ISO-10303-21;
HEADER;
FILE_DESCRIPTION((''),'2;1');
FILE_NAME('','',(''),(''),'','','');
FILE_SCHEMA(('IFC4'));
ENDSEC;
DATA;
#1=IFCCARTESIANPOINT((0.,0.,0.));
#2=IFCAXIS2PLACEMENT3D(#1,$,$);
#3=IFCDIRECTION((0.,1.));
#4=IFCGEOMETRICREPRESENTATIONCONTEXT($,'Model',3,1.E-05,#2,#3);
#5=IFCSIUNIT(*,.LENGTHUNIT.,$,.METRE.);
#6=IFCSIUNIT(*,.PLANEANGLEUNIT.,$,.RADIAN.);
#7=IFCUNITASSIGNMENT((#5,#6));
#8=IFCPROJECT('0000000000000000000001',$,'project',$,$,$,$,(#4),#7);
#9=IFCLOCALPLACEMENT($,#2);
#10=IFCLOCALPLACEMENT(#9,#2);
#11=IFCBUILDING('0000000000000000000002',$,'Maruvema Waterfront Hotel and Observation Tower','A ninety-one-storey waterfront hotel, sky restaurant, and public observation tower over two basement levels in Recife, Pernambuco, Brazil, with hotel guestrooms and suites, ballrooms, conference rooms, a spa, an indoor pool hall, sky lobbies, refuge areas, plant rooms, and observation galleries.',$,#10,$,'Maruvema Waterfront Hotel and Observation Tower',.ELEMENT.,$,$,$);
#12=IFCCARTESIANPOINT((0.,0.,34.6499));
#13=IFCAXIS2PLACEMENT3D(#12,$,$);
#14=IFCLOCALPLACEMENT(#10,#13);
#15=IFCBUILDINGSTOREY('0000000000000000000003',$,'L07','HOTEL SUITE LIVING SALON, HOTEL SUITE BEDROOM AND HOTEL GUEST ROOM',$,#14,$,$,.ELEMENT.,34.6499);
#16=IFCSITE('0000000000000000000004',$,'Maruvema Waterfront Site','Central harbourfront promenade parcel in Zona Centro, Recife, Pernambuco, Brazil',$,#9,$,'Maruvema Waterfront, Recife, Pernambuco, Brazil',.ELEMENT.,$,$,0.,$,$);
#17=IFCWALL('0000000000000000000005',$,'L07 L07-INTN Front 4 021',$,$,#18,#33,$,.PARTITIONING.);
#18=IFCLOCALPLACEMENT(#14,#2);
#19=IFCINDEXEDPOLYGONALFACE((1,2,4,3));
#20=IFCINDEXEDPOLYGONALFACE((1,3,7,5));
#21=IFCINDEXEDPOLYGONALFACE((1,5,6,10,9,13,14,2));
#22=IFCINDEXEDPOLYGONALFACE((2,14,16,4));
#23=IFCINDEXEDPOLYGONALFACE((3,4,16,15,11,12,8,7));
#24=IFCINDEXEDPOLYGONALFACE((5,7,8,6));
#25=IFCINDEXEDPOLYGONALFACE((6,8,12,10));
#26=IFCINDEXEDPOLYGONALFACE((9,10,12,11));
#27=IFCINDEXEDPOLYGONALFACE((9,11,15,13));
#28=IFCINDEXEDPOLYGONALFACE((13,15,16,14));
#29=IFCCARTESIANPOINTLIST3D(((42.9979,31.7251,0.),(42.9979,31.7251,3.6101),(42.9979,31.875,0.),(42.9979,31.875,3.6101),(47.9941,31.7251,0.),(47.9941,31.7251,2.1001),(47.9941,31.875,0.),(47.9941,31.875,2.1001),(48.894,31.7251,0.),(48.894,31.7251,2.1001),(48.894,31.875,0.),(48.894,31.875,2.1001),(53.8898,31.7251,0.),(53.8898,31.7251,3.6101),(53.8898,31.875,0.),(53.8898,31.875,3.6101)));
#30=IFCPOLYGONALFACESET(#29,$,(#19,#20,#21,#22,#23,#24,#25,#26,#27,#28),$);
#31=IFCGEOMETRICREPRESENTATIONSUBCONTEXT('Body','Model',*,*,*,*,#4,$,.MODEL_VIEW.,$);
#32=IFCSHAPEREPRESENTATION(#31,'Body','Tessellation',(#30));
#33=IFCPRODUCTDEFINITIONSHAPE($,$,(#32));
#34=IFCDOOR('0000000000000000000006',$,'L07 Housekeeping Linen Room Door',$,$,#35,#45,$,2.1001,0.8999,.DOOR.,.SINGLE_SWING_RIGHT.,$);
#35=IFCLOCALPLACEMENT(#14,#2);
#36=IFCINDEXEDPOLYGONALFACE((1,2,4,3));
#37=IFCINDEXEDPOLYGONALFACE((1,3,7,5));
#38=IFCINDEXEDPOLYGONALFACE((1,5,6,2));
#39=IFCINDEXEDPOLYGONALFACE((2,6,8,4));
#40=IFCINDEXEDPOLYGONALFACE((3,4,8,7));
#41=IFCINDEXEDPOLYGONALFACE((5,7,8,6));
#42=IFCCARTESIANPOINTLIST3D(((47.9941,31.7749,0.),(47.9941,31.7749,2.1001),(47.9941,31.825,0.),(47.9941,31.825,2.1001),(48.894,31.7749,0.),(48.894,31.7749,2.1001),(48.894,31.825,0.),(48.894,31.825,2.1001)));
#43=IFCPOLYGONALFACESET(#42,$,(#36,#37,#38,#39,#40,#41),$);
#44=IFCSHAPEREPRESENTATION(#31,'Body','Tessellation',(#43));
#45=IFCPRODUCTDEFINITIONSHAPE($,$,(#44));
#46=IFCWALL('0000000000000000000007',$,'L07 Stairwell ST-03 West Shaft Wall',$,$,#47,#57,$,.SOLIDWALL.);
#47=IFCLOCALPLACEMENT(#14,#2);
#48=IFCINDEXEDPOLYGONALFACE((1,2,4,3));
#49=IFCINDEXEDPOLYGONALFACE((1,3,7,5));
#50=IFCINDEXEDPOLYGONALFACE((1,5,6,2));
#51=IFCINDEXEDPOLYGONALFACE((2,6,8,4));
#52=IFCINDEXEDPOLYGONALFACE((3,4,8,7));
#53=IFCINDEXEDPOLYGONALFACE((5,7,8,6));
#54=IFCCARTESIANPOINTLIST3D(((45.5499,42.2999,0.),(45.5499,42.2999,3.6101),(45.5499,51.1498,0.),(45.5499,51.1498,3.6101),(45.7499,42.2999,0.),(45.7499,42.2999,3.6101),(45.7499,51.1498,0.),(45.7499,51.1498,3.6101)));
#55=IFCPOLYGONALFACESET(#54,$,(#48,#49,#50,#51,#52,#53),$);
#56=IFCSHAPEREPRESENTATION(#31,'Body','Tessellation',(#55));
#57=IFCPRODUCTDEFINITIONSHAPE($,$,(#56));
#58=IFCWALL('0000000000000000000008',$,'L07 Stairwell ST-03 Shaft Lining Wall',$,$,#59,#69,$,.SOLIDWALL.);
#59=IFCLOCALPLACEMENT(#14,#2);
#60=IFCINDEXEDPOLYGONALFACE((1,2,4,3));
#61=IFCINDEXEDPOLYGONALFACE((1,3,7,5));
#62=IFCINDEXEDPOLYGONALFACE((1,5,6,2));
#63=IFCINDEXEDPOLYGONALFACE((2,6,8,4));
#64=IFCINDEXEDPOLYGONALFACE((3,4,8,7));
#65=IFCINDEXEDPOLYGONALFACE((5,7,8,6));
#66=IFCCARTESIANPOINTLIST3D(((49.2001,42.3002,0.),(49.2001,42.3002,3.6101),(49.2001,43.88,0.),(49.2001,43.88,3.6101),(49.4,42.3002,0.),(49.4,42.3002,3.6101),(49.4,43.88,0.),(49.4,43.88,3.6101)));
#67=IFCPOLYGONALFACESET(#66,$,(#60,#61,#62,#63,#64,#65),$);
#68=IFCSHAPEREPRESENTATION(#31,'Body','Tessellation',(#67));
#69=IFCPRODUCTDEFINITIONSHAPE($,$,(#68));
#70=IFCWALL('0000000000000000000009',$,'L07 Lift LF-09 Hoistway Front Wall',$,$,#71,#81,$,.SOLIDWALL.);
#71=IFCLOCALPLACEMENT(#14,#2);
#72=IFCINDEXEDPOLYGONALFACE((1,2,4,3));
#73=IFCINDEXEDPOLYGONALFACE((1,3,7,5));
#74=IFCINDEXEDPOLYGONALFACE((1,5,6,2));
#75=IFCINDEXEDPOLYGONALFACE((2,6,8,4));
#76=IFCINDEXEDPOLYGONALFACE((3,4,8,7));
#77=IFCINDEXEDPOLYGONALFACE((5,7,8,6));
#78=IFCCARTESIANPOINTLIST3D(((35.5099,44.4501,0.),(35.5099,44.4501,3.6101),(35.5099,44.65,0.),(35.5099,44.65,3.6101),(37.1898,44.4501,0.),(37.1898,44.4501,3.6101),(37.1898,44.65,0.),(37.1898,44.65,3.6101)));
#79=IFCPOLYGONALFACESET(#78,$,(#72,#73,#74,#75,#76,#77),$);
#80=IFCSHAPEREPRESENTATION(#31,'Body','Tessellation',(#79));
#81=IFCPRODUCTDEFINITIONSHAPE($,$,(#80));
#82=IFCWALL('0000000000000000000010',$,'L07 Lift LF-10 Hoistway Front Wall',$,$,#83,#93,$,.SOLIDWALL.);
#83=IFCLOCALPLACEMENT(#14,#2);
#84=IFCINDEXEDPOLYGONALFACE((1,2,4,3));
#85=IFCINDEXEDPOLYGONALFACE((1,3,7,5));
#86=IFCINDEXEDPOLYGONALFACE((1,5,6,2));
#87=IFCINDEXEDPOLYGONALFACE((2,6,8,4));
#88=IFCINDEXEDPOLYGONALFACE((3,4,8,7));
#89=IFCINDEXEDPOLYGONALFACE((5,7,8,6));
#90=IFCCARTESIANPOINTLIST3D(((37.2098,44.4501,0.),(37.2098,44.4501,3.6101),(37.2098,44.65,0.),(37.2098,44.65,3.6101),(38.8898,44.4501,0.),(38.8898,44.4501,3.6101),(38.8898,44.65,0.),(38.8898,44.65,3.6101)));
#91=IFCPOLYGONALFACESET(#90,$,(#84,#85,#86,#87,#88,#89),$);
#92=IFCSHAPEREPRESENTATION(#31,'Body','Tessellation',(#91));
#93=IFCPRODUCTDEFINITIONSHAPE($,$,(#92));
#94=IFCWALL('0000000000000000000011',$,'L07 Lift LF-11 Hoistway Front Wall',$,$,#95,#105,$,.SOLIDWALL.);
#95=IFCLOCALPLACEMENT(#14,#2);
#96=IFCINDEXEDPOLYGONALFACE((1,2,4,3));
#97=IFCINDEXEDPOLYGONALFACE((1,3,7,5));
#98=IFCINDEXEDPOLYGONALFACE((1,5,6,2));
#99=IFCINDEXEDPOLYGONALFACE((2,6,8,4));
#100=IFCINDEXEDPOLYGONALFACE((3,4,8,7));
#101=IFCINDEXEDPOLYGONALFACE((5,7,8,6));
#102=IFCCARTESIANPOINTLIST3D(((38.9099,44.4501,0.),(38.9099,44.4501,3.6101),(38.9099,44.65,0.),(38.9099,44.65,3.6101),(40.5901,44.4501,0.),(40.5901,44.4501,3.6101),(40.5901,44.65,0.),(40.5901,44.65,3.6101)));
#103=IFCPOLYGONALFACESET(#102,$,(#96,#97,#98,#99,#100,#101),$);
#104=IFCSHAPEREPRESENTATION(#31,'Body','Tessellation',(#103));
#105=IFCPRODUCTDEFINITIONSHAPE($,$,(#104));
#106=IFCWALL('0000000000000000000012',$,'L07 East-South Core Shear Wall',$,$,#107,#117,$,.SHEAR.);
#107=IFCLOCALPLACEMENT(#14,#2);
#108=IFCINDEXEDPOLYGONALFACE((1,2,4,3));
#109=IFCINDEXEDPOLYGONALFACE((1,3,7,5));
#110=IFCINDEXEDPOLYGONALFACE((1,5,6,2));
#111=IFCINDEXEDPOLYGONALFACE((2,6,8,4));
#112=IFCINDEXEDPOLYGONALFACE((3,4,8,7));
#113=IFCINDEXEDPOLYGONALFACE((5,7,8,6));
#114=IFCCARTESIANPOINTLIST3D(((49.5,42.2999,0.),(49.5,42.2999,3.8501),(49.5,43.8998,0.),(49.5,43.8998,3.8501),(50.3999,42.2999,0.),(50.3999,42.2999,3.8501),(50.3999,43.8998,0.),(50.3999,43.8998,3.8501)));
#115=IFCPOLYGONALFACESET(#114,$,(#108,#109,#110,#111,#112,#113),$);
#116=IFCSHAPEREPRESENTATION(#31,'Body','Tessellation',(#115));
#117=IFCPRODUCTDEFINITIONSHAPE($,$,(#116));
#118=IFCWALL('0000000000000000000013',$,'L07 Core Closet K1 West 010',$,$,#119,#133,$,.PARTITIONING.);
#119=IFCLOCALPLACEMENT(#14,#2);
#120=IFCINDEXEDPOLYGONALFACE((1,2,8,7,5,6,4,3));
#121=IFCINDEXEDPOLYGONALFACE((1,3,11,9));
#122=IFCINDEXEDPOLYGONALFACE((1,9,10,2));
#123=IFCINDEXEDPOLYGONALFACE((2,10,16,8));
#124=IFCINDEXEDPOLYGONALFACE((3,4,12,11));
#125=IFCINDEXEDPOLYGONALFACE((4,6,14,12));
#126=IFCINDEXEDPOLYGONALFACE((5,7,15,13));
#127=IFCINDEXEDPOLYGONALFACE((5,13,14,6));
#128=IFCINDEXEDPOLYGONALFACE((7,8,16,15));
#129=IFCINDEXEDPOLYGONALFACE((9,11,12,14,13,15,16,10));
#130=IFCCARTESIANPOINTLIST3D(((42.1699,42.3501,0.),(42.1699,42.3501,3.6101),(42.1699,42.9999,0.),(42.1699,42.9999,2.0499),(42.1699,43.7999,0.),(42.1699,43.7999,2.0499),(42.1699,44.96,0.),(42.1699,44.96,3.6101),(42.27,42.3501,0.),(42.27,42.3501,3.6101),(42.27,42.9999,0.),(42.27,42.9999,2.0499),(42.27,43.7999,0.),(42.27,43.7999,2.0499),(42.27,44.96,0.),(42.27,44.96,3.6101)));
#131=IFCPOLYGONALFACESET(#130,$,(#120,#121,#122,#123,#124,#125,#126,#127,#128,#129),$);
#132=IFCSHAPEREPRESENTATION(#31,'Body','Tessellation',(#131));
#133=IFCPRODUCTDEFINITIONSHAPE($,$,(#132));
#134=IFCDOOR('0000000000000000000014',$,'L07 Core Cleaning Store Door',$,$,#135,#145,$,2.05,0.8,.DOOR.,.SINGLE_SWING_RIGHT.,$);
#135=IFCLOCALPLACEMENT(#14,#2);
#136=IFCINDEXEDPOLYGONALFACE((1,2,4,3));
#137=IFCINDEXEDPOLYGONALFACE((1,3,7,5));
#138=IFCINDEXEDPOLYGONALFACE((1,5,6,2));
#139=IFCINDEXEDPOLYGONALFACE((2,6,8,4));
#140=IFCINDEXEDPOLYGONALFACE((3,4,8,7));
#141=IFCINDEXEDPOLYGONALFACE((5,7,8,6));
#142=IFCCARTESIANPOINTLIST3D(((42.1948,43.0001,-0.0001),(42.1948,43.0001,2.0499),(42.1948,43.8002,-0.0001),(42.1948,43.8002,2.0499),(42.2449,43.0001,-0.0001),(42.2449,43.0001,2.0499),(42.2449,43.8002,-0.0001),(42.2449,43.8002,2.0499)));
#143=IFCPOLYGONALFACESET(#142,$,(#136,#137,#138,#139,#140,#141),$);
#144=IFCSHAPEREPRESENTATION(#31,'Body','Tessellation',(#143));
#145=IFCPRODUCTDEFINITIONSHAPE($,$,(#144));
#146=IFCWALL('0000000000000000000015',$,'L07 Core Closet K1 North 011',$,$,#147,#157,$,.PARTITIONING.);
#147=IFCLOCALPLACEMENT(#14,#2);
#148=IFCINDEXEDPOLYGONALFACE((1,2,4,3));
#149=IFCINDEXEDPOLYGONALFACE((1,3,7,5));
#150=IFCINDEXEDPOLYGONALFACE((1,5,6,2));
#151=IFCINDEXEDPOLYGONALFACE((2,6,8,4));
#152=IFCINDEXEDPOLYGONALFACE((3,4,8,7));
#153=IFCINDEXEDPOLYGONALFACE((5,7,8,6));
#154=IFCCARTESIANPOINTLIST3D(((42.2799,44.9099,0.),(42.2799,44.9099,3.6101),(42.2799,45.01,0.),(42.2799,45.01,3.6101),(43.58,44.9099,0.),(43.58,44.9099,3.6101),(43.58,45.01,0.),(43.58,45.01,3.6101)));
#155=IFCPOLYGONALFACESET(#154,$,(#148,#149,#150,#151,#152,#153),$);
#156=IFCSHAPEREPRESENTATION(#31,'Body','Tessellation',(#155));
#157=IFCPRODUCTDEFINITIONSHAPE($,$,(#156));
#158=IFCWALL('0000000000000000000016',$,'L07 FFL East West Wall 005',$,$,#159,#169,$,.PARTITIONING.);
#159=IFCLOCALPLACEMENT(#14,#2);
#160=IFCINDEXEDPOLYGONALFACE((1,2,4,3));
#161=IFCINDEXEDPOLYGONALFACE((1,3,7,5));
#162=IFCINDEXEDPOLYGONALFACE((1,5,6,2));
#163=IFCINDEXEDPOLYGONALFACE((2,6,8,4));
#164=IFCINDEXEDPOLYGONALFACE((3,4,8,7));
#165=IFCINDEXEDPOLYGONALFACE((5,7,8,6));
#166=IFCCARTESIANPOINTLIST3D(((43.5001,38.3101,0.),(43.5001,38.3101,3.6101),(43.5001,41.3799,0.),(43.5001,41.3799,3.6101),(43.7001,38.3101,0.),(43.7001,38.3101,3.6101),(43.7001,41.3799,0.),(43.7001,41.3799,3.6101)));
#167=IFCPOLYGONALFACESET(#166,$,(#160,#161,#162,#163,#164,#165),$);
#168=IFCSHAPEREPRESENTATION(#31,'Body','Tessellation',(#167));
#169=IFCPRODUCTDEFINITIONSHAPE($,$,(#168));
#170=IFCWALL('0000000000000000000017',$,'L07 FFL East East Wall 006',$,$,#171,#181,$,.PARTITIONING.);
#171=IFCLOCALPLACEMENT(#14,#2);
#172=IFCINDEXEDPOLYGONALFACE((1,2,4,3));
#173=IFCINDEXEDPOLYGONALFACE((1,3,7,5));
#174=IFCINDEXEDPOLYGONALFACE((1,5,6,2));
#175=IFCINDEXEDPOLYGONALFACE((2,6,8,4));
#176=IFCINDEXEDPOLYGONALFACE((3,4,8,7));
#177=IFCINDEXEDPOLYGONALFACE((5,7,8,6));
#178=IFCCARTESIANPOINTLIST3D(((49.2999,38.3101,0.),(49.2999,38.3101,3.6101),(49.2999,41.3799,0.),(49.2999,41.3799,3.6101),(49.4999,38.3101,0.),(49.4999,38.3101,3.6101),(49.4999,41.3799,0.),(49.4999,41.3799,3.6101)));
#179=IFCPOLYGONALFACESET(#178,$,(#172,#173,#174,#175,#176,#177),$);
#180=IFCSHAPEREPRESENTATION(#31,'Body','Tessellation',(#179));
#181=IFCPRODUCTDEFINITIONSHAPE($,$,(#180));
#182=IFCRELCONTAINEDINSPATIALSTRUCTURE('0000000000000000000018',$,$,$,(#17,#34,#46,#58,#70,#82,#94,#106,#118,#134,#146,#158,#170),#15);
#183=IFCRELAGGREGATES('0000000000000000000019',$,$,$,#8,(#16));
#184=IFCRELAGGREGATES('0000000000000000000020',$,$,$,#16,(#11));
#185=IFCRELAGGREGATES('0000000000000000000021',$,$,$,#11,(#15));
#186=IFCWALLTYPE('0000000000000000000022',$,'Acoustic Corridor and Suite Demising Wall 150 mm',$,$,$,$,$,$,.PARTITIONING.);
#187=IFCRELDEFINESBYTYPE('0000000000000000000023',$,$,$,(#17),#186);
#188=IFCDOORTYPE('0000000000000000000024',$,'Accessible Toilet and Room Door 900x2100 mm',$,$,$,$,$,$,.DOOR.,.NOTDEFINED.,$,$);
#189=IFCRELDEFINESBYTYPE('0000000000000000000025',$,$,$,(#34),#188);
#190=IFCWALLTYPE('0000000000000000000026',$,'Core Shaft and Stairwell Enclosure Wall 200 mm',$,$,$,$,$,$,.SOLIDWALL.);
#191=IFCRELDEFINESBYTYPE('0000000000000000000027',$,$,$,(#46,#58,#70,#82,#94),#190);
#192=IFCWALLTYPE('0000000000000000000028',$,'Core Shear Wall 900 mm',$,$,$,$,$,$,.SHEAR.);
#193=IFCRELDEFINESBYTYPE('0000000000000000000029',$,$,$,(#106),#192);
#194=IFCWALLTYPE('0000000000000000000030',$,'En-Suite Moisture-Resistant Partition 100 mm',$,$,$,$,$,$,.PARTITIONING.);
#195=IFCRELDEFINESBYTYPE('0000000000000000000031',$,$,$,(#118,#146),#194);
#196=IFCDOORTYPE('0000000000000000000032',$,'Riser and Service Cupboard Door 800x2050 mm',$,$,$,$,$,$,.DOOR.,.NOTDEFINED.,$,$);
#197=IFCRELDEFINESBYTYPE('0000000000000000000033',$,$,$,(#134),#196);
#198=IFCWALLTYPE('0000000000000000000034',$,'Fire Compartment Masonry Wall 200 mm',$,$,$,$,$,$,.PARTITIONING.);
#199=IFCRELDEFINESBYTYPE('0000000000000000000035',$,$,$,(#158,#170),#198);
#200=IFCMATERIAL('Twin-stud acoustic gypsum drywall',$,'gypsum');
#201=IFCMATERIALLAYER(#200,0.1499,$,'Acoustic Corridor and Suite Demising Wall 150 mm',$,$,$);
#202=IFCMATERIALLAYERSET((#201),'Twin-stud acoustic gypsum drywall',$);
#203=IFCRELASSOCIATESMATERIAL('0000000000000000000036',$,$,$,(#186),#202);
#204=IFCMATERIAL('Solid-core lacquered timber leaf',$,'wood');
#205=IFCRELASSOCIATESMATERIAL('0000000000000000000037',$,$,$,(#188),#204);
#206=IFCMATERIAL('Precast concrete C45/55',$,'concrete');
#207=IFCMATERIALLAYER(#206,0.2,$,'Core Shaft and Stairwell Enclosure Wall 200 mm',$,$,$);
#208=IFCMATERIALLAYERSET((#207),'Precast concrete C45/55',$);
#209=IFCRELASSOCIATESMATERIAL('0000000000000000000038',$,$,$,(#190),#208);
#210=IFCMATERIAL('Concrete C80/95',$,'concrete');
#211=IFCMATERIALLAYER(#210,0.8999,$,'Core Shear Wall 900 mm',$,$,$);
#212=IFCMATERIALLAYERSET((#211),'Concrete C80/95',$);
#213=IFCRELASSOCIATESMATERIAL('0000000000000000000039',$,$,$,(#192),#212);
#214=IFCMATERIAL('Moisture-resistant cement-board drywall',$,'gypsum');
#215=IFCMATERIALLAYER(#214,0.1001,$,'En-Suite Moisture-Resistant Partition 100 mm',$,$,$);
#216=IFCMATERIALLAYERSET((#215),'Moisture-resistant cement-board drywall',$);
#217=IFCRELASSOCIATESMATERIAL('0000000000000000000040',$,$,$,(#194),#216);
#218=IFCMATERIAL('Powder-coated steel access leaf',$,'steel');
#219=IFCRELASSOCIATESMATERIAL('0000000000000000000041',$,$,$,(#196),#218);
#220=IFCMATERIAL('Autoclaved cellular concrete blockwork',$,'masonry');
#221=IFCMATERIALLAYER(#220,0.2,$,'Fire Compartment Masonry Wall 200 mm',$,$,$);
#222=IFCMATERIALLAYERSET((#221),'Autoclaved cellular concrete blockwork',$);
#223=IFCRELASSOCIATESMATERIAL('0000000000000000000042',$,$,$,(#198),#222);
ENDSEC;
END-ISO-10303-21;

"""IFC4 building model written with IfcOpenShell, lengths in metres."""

from ifc_helpers import new_model, si_unit, direction, frame, frame_2d, origin, place, context, subcontext, project, spatial, rectangle, extrude, material, layer, layer_set, type_object, element, fill, save


model = new_model("IFC4")

# Units and contexts
model_context = context("Model", 3, precision=1e-05, world=origin(), true_north=direction((0.0, 1.0)))
body_context = subcontext(model_context, "Body", "Model", "MODEL_VIEW")
ifc_project = project(units=[si_unit("LENGTHUNIT", "METRE"), si_unit("PLANEANGLEUNIT", "RADIAN")], contexts=[model_context])

# Site, building, storey
site_placement = place(None, origin())
site = spatial("IfcSite", under=ifc_project, at=site_placement, Name="Maruvema Waterfront Site", Description="Central harbourfront promenade parcel in Zona Centro, Recife, Pernambuco, Brazil", LongName="Maruvema Waterfront, Recife, Pernambuco, Brazil", CompositionType="ELEMENT", RefElevation=0.0)
building_placement = place(site_placement, origin())
building = spatial("IfcBuilding", under=site, at=building_placement, Name="Maruvema Waterfront Hotel and Observation Tower", Description="A ninety-one-storey waterfront hotel, sky restaurant, and public observation tower over two basement levels in Recife, Pernambuco, Brazil, with hotel guestrooms and suites, ballrooms, conference rooms, a spa, an indoor pool hall, sky lobbies, refuge areas, plant rooms, and observation galleries.", LongName="Maruvema Waterfront Hotel and Observation Tower", CompositionType="ELEMENT")
storey_placement = place(building_placement, frame((0.0, 0.0, 34.6499)))
storey = spatial("IfcBuildingStorey", under=building, at=storey_placement, Name="L07", Description="HOTEL SUITE LIVING SALON, HOTEL SUITE BEDROOM AND HOTEL GUEST ROOM", CompositionType="ELEMENT", Elevation=34.6499)

# Wall, opening, door
ifc_material_1 = material(Name="Twin-stud acoustic gypsum drywall", Category="gypsum")
ifc_layer_1 = layer(ifc_material_1, 0.1499, Name="Acoustic Corridor and Suite Demising Wall 150 mm")
ifc_layer_set_1 = layer_set([ifc_layer_1], Name="Twin-stud acoustic gypsum drywall")
wall_type_1 = type_object("IfcWallType", Name="Acoustic Corridor and Suite Demising Wall 150 mm", PredefinedType="PARTITIONING", material=ifc_layer_set_1)
wall_1_placement = place(storey_placement, frame((42.998, 31.8, 0.0), z_axis=(0.0, 0.0, 1.0), x_axis=(1.0, 0.0, 0.0)))
wall_1 = element("IfcWall", 1, at=wall_1_placement, inside=storey, type_object=wall_type_1, Name="L07 L07-INTN Front 4 021", PredefinedType="PARTITIONING", context=body_context, shape_type="SweptSolid", body=[
    extrude(rectangle(XDim=10.8918, YDim=0.1499, at=frame_2d((5.4458, 0.0))), origin(), (0.0, 0.0, 1.0), 3.6101),
])
opening_1_placement = place(wall_1_placement, frame((4.9961, 0.0, 0.0)))
opening_1 = element("IfcOpeningElement", 2, at=opening_1_placement, cuts=wall_1, PredefinedType="OPENING", context=body_context, shape_type="SweptSolid", body=[
    extrude(rectangle(XDim=0.8999, YDim=2.1001, at=frame_2d((0.45, 1.05))), frame((0.0, 0.085, 0.0), z_axis=(0.0, -1.0, 0.0), x_axis=(1.0, 0.0, 0.0)), (0.0, 0.0, 1.0), 0.1699),
])
ifc_material_2 = material(Name="Solid-core lacquered timber leaf", Category="wood")
door_type_1 = type_object("IfcDoorType", Name="Accessible Toilet and Room Door 900x2100 mm", OperationType="NOTDEFINED", PredefinedType="DOOR", material=ifc_material_2)
door_1_placement = place(opening_1_placement, origin())
door_1 = element("IfcDoor", 3, at=door_1_placement, inside=storey, type_object=door_type_1, Name="L07 Housekeeping Linen Room Door", OperationType="SINGLE_SWING_RIGHT", OverallHeight=2.1001, OverallWidth=0.8999, PredefinedType="DOOR", context=body_context, shape_type="SweptSolid", body=[
    extrude(rectangle(XDim=0.8999, YDim=2.1001, at=frame_2d((0.45, 1.05))), frame((0.0, 0.0249, 0.0), z_axis=(0.0, -1.0, 0.0), x_axis=(1.0, 0.0, 0.0)), (0.0, 0.0, 1.0), 0.05),
])
fill(opening_1, door_1)

# Walls
ifc_material_3 = material(Name="Precast concrete C45/55", Category="concrete")
ifc_layer_2 = layer(ifc_material_3, 0.2, Name="Core Shaft and Stairwell Enclosure Wall 200 mm")
ifc_layer_set_2 = layer_set([ifc_layer_2], Name="Precast concrete C45/55")
wall_type_2 = type_object("IfcWallType", Name="Core Shaft and Stairwell Enclosure Wall 200 mm", PredefinedType="SOLIDWALL", material=ifc_layer_set_2)
wall_2_placement = place(storey_placement, frame((45.6499, 42.3, 0.0), z_axis=(0.0, 0.0, 1.0), x_axis=(0.0, 1.0, 0.0)))
element("IfcWall", 4, at=wall_2_placement, inside=storey, type_object=wall_type_2, Name="L07 Stairwell ST-03 West Shaft Wall", PredefinedType="SOLIDWALL", context=body_context, shape_type="SweptSolid", body=[
    extrude(rectangle(XDim=8.8499, YDim=0.2, at=frame_2d((4.4248, 0.0))), origin(), (0.0, 0.0, 1.0), 3.6101),
])
wall_3_placement = place(storey_placement, frame((49.3, 42.3, 0.0), z_axis=(0.0, 0.0, 1.0), x_axis=(0.0, 1.0, 0.0)))
element("IfcWall", 5, at=wall_3_placement, inside=storey, type_object=wall_type_2, Name="L07 Stairwell ST-03 Shaft Lining Wall", PredefinedType="SOLIDWALL", context=body_context, shape_type="SweptSolid", body=[
    extrude(rectangle(XDim=1.5798, YDim=0.2, at=frame_2d((0.79, 0.0))), origin(), (0.0, 0.0, 1.0), 3.6101),
])
for number, where, z_axis, x_axis, name in (
    (6, (35.51, 44.55, 0.0), (0.0, 0.0, 1.0), (1.0, 0.0, 0.0), "L07 Lift LF-09 Hoistway Front Wall"),
    (7, (37.21, 44.55, 0.0), (0.0, 0.0, 1.0), (1.0, 0.0, 0.0), "L07 Lift LF-10 Hoistway Front Wall"),
):
    element("IfcWall", number, at=place(storey_placement, frame(where, z_axis=z_axis, x_axis=x_axis)), inside=storey, type_object=wall_type_2, Name=name, PredefinedType="SOLIDWALL", context=body_context, shape_type="SweptSolid", body=[
        extrude(rectangle(XDim=1.6799, YDim=0.2, at=frame_2d((0.8398, 0.0))), origin(), (0.0, 0.0, 1.0), 3.6101),
    ])
wall_4_placement = place(storey_placement, frame((38.9099, 44.55, 0.0), z_axis=(0.0, 0.0, 1.0), x_axis=(1.0, 0.0, 0.0)))
element("IfcWall", 8, at=wall_4_placement, inside=storey, type_object=wall_type_2, Name="L07 Lift LF-11 Hoistway Front Wall", PredefinedType="SOLIDWALL", context=body_context, shape_type="SweptSolid", body=[
    extrude(rectangle(XDim=1.6802, YDim=0.2, at=frame_2d((0.8401, 0.0))), origin(), (0.0, 0.0, 1.0), 3.6101),
])

# Shared definitions
ifc_material_4 = material(Name="Concrete C80/95", Category="concrete")
ifc_layer_3 = layer(ifc_material_4, 0.8999, Name="Core Shear Wall 900 mm")
ifc_layer_set_3 = layer_set([ifc_layer_3], Name="Concrete C80/95")
wall_type_3 = type_object("IfcWallType", Name="Core Shear Wall 900 mm", PredefinedType="SHEAR", material=ifc_layer_set_3)

# Wall
wall_5_placement = place(storey_placement, frame((49.95, 42.3, 0.0), z_axis=(0.0, 0.0, 1.0), x_axis=(0.0, 1.0, 0.0)))
element("IfcWall", 9, at=wall_5_placement, inside=storey, type_object=wall_type_3, Name="L07 East-South Core Shear Wall", PredefinedType="SHEAR", context=body_context, shape_type="SweptSolid", body=[
    extrude(rectangle(XDim=1.5999, YDim=0.8999, at=frame_2d((0.7998, 0.0))), origin(), (0.0, 0.0, 1.0), 3.8501),
])

# Wall, opening, door
ifc_material_5 = material(Name="Moisture-resistant cement-board drywall", Category="gypsum")
ifc_layer_4 = layer(ifc_material_5, 0.1001, Name="En-Suite Moisture-Resistant Partition 100 mm")
ifc_layer_set_4 = layer_set([ifc_layer_4], Name="Moisture-resistant cement-board drywall")
wall_type_4 = type_object("IfcWallType", Name="En-Suite Moisture-Resistant Partition 100 mm", PredefinedType="PARTITIONING", material=ifc_layer_set_4)
wall_6_placement = place(storey_placement, frame((42.22, 42.3501, 0.0), z_axis=(0.0, 0.0, 1.0), x_axis=(0.0, 1.0, 0.0)))
wall_6 = element("IfcWall", 10, at=wall_6_placement, inside=storey, type_object=wall_type_4, Name="L07 Core Closet K1 West 010", PredefinedType="PARTITIONING", context=body_context, shape_type="SweptSolid", body=[
    extrude(rectangle(XDim=2.6099, YDim=0.1001, at=frame_2d((1.3049, 0.0))), origin(), (0.0, 0.0, 1.0), 3.6101),
])
opening_2_placement = place(wall_6_placement, frame((0.6499, 0.0, 0.0)))
opening_2 = element("IfcOpeningElement", 11, at=opening_2_placement, cuts=wall_6, PredefinedType="OPENING", context=body_context, shape_type="SweptSolid", body=[
    extrude(rectangle(XDim=0.8, YDim=2.05, at=frame_2d((0.3999, 1.0249))), frame((0.0, 0.0601, 0.0), z_axis=(0.0, -1.0, 0.0), x_axis=(1.0, 0.0, 0.0)), (0.0, 0.0, 1.0), 0.1201),
])
ifc_material_6 = material(Name="Powder-coated steel access leaf", Category="steel")
door_type_2 = type_object("IfcDoorType", Name="Riser and Service Cupboard Door 800x2050 mm", OperationType="NOTDEFINED", PredefinedType="DOOR", material=ifc_material_6)
door_2_placement = place(opening_2_placement, frame((0.8, 0.0, 0.0), z_axis=(0.0, 0.0, 1.0), x_axis=(-1.0, 0.0, 0.0)))
door_2 = element("IfcDoor", 12, at=door_2_placement, inside=storey, type_object=door_type_2, Name="L07 Core Cleaning Store Door", OperationType="SINGLE_SWING_RIGHT", OverallHeight=2.05, OverallWidth=0.8, PredefinedType="DOOR", context=body_context, shape_type="SweptSolid", body=[
    extrude(rectangle(XDim=0.8, YDim=2.05, at=frame_2d((0.3999, 1.0249))), frame((0.0, 0.0249, 0.0), z_axis=(0.0, -1.0, 0.0), x_axis=(1.0, 0.0, 0.0)), (0.0, 0.0, 1.0), 0.05),
])
fill(opening_2, door_2)

# Wall
wall_7_placement = place(storey_placement, frame((42.28, 44.96, 0.0), z_axis=(0.0, 0.0, 1.0), x_axis=(1.0, 0.0, 0.0)))
element("IfcWall", 13, at=wall_7_placement, inside=storey, type_object=wall_type_4, Name="L07 Core Closet K1 North 011", PredefinedType="PARTITIONING", context=body_context, shape_type="SweptSolid", body=[
    extrude(rectangle(XDim=1.3, YDim=0.1001, at=frame_2d((0.6499, 0.0))), origin(), (0.0, 0.0, 1.0), 3.6101),
])

# Shared definitions
ifc_material_7 = material(Name="Autoclaved cellular concrete blockwork", Category="masonry")
ifc_layer_5 = layer(ifc_material_7, 0.2, Name="Fire Compartment Masonry Wall 200 mm")
ifc_layer_set_5 = layer_set([ifc_layer_5], Name="Autoclaved cellular concrete blockwork")
wall_type_5 = type_object("IfcWallType", Name="Fire Compartment Masonry Wall 200 mm", PredefinedType="PARTITIONING", material=ifc_layer_set_5)

# Walls
for number, where, z_axis, x_axis, name in (
    (14, (43.6001, 38.3101, 0.0), (0.0, 0.0, 1.0), (0.0, 1.0, 0.0), "L07 FFL East West Wall 005"),
    (15, (49.3999, 38.3101, 0.0), (0.0, 0.0, 1.0), (0.0, 1.0, 0.0), "L07 FFL East East Wall 006"),
):
    element("IfcWall", number, at=place(storey_placement, frame(where, z_axis=z_axis, x_axis=x_axis)), inside=storey, type_object=wall_type_5, Name=name, PredefinedType="PARTITIONING", context=body_context, shape_type="SweptSolid", body=[
        extrude(rectangle(XDim=3.0698, YDim=0.2, at=frame_2d((1.5349, 0.0))), origin(), (0.0, 0.0, 1.0), 3.6101),
    ])

save(model, "model.ifc")
